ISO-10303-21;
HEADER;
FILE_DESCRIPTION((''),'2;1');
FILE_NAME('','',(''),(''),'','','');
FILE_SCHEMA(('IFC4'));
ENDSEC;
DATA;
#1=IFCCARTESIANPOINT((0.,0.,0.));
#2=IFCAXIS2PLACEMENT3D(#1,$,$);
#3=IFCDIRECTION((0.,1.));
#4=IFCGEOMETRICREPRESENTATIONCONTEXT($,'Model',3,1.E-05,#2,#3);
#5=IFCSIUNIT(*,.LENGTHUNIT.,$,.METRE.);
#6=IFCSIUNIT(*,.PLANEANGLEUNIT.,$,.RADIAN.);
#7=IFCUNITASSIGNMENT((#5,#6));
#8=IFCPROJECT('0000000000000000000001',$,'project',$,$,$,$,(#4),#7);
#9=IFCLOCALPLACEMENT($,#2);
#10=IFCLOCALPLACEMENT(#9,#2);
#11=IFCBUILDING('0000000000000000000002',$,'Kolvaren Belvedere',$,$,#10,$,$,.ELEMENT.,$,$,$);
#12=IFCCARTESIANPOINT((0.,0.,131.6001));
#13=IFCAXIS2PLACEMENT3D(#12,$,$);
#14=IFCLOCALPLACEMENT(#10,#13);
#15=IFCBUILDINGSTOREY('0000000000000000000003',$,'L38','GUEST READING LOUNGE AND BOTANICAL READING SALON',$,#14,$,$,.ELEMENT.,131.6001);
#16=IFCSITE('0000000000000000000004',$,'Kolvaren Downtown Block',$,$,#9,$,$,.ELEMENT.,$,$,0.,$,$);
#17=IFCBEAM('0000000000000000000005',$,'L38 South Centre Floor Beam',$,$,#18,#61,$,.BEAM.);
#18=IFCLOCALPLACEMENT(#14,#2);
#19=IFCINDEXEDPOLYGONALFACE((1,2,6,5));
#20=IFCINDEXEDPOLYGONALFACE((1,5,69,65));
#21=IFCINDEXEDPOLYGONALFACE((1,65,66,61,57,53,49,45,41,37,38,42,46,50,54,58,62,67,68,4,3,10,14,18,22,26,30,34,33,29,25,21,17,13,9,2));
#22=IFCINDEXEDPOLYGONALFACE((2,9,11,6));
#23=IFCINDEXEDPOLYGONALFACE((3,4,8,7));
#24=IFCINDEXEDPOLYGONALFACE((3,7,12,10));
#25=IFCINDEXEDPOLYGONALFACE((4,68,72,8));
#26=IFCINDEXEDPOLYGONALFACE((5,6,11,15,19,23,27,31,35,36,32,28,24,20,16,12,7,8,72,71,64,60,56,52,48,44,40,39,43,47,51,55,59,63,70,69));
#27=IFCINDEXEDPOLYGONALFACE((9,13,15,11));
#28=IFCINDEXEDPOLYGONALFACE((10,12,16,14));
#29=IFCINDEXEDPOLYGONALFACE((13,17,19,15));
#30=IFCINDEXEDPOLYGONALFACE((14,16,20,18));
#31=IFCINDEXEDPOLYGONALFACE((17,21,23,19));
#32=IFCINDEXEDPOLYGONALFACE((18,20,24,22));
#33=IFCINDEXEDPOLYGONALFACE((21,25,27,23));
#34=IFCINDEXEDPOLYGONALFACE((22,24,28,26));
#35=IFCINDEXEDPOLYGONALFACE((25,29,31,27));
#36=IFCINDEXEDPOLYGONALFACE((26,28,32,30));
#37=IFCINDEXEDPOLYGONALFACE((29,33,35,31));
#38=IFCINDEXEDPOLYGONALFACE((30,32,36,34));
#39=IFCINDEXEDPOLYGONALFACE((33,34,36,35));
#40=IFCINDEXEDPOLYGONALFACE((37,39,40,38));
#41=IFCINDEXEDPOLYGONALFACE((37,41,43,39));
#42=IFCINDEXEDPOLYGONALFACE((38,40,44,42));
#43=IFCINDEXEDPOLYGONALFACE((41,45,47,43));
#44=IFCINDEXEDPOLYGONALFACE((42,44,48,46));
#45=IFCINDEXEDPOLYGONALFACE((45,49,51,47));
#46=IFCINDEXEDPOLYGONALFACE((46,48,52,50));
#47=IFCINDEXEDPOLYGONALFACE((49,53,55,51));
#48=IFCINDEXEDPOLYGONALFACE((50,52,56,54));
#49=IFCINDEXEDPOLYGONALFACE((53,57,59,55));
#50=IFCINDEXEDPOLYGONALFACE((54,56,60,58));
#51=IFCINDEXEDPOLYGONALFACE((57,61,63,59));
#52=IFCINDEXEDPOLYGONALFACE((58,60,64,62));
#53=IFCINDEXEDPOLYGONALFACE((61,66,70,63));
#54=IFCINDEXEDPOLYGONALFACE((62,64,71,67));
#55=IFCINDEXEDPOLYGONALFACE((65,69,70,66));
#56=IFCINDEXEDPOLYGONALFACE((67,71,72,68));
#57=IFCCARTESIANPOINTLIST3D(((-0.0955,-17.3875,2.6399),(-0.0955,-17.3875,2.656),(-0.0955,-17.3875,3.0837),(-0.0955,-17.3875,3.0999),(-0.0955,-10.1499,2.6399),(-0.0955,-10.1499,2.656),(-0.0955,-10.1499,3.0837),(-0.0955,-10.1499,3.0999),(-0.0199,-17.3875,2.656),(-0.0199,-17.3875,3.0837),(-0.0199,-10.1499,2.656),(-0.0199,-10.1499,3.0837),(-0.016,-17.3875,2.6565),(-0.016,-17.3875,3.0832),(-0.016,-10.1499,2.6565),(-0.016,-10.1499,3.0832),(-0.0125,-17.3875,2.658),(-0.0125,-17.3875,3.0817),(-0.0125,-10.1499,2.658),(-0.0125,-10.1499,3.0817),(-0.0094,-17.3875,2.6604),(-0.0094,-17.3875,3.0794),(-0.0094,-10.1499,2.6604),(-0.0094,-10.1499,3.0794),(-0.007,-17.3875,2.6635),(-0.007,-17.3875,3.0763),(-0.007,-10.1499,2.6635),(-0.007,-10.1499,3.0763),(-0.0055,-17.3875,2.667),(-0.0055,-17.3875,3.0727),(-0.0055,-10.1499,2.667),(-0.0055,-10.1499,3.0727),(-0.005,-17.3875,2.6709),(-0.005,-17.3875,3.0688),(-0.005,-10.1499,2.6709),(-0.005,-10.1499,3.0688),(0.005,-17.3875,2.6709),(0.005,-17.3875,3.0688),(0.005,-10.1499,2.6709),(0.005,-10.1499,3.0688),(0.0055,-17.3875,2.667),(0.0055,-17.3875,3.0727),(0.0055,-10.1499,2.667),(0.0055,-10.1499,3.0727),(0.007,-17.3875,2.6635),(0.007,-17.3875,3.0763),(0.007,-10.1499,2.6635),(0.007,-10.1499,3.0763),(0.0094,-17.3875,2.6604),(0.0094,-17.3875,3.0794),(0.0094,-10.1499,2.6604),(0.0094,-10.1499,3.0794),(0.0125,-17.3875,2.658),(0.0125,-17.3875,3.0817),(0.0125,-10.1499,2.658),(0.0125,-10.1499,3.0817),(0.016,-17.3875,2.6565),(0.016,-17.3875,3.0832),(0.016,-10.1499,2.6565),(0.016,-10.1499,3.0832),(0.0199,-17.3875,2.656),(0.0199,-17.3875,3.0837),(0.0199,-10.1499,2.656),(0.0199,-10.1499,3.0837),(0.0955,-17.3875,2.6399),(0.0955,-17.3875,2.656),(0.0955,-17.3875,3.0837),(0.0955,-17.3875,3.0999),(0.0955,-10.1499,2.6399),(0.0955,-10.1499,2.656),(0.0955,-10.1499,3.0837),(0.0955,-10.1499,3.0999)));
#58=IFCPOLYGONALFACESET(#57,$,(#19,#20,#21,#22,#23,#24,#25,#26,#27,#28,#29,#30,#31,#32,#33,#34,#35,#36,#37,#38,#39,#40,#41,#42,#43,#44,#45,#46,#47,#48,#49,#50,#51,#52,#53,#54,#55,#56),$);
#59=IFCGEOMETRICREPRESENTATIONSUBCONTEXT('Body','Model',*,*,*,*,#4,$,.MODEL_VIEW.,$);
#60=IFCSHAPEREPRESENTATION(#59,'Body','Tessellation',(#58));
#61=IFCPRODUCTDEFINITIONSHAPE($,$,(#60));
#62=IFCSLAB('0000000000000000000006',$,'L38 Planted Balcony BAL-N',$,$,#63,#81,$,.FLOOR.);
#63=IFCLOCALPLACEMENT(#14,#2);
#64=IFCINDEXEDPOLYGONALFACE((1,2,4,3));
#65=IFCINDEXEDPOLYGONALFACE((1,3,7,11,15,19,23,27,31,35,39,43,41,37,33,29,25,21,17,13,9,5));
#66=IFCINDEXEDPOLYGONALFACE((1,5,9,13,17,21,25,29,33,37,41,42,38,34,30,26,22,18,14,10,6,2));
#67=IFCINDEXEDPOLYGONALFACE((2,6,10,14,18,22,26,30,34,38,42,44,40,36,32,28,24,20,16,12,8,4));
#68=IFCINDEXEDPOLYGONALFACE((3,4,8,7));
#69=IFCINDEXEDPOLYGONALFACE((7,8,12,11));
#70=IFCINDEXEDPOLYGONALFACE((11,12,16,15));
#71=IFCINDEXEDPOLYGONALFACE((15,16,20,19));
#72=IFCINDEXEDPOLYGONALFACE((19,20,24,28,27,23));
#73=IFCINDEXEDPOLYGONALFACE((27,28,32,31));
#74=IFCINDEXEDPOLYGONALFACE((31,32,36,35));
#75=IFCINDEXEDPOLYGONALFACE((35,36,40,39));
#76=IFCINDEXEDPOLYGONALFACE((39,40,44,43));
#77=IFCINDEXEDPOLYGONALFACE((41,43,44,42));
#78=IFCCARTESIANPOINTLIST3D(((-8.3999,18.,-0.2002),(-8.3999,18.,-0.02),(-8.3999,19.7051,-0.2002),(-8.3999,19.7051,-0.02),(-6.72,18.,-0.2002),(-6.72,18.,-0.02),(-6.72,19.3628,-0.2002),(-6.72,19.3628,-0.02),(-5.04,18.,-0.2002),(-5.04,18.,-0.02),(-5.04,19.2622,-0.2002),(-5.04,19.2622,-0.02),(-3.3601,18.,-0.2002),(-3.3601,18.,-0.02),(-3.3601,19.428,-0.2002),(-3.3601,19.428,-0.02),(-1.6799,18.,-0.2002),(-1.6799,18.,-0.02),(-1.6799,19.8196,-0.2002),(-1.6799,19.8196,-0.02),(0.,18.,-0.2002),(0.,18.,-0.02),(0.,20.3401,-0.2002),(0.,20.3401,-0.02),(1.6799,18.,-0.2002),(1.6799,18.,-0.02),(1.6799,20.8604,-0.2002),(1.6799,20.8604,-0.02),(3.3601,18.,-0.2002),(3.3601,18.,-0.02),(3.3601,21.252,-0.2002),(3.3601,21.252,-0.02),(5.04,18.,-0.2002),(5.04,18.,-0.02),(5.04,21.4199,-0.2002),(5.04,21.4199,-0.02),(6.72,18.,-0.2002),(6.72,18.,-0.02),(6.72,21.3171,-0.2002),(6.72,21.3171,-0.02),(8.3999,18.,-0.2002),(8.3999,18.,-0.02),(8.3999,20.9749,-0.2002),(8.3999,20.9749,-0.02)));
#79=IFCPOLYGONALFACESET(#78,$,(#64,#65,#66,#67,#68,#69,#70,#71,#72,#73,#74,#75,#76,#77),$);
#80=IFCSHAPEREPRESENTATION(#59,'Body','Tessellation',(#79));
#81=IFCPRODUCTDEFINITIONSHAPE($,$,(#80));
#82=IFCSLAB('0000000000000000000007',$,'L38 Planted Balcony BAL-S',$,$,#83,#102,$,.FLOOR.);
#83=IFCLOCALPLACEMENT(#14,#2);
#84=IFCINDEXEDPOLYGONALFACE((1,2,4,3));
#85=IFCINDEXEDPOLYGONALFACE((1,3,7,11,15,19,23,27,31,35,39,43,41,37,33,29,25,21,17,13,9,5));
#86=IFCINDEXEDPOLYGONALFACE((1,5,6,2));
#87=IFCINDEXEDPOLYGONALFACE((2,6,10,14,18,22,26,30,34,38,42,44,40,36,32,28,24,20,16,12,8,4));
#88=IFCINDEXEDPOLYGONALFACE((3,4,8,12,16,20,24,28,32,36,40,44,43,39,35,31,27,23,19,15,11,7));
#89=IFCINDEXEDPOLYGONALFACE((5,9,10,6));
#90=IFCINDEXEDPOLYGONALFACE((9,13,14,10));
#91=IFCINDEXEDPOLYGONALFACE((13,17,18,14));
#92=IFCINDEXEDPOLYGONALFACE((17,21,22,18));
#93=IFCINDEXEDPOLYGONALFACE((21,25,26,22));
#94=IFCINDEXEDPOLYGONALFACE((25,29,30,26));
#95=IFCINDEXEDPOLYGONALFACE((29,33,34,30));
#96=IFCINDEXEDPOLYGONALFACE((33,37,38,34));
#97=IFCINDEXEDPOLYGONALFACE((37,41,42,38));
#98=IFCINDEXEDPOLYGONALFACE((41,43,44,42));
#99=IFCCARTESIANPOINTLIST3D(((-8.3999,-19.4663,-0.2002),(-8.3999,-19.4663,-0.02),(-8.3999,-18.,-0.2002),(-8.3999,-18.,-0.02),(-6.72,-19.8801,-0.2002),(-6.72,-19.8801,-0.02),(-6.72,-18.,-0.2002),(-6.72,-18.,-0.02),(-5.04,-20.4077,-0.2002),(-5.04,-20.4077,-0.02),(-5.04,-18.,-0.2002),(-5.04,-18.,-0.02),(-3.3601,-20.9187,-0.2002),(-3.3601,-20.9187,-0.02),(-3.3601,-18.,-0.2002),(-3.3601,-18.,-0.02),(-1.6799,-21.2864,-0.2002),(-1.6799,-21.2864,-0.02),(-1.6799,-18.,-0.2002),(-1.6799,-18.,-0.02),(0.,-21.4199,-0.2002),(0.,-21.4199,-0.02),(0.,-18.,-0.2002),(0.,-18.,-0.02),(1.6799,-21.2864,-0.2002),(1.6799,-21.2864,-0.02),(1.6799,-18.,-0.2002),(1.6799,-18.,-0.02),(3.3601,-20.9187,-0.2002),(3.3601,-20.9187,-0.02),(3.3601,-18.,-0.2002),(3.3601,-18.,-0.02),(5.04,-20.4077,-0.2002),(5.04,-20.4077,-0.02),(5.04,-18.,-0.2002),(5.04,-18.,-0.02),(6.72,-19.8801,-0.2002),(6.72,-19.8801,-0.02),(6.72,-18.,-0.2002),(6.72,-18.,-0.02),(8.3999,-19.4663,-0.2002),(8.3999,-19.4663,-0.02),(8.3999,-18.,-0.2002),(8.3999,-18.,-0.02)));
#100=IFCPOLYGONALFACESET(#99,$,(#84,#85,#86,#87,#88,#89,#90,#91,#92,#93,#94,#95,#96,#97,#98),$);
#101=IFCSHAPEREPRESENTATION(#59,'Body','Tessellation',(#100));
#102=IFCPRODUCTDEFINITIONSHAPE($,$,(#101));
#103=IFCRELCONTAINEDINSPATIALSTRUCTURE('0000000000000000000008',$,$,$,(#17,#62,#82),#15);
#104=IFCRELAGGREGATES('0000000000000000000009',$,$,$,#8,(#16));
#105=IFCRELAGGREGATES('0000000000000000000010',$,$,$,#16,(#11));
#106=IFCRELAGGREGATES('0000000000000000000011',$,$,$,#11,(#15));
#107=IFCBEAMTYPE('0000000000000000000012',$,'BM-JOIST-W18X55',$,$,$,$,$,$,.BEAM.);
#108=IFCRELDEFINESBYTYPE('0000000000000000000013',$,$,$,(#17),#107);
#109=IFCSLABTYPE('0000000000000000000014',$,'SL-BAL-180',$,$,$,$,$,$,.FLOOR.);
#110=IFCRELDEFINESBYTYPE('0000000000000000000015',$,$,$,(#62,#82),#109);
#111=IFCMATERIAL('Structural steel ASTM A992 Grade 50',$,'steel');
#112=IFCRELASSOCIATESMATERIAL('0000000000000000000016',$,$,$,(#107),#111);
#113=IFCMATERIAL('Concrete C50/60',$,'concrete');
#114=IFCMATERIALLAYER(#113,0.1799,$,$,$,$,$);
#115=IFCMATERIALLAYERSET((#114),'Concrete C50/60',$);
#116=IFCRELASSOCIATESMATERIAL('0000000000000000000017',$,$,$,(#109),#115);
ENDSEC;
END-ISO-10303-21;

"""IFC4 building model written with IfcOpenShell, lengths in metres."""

from ifc_helpers import new_model, si_unit, direction, frame, origin, origin_2d, place, context, subcontext, project, spatial, polyline, i_section, outline, extrude, material, layer, layer_set, material_profile, profile_set, type_object, element, save


model = new_model("IFC4")

# Units and contexts
model_context = context("Model", 3, precision=1e-05, world=origin(), true_north=direction((0.0, 1.0)))
body_context = subcontext(model_context, "Body", "Model", "MODEL_VIEW")
ifc_project = project(units=[si_unit("LENGTHUNIT", "METRE"), si_unit("PLANEANGLEUNIT", "RADIAN")], contexts=[model_context])

# Site, building, storey
site_placement = place(None, origin())
site = spatial("IfcSite", under=ifc_project, at=site_placement, Name="Kolvaren Downtown Block", CompositionType="ELEMENT", RefElevation=0.0)
building_placement = place(site_placement, origin())
building = spatial("IfcBuilding", under=site, at=building_placement, Name="Kolvaren Belvedere", CompositionType="ELEMENT")
storey_placement = place(building_placement, frame((0.0, 0.0, 131.6001)))
storey = spatial("IfcBuildingStorey", under=building, at=storey_placement, Name="L38", Description="GUEST READING LOUNGE AND BOTANICAL READING SALON", CompositionType="ELEMENT", Elevation=131.6001)

# Beam
ifc_material_1 = material(Name="Structural steel ASTM A992 Grade 50", Category="steel")
ifc_material_profile_1 = material_profile(ifc_material_1, i_section(OverallWidth=0.1909, OverallDepth=0.46, WebThickness=0.01, FlangeThickness=0.0161, FilletRadius=0.0149, at=origin_2d()), Name="W18X55")
ifc_profile_set_1 = profile_set([ifc_material_profile_1], Name="Structural steel ASTM A992 Grade 50")
beam_type_1 = type_object("IfcBeamType", Name="BM-JOIST-W18X55", PredefinedType="BEAM", material=ifc_profile_set_1)
beam_1_placement = place(storey_placement, frame((0.0, -10.1499, 2.8699), z_axis=(0.0, -1.0, 0.0), x_axis=(1.0, 0.0, 0.0)))
element("IfcBeam", 1, at=beam_1_placement, inside=storey, type_object=beam_type_1, Name="L38 South Centre Floor Beam", PredefinedType="BEAM", context=body_context, shape_type="SweptSolid", body=[
    extrude(i_section(OverallWidth=0.1909, OverallDepth=0.46, WebThickness=0.01, FlangeThickness=0.0161, FilletRadius=0.0149, at=origin_2d()), origin(), (0.0, 0.0, 1.0), 7.2375),
])

# Slabs
ifc_material_2 = material(Name="Concrete C50/60", Category="concrete")
ifc_layer_1 = layer(ifc_material_2, 0.1799)
ifc_layer_set_1 = layer_set([ifc_layer_1], Name="Concrete C50/60")
slab_type_1 = type_object("IfcSlabType", Name="SL-BAL-180", PredefinedType="FLOOR", material=ifc_layer_set_1)
slab_1_placement = place(storey_placement, frame((0.0, 0.0, -0.2002)))
element("IfcSlab", 2, at=slab_1_placement, inside=storey, type_object=slab_type_1, Name="L38 Planted Balcony BAL-N", PredefinedType="FLOOR", context=body_context, shape_type="SweptSolid", body=[
    extrude(outline(polyline([(-8.3999, 18.0), (-6.72, 18.0), (-5.04, 18.0), (-3.3601, 18.0), (-1.6799, 18.0), (0.0, 18.0), (1.6799, 18.0), (3.3601, 18.0), (5.04, 18.0), (6.72, 18.0), (8.3999, 18.0), (8.3999, 20.9749), (6.72, 21.3171), (5.04, 21.4199), (3.3601, 21.252), (1.6799, 20.8604), (0.0, 20.3401), (-1.6799, 19.8196), (-3.3601, 19.428), (-5.04, 19.2622), (-6.72, 19.3628), (-8.3999, 19.7051), (-8.3999, 18.0)])), origin(), (0.0, 0.0, 1.0), 0.1802),
])
slab_2_placement = place(storey_placement, frame((0.0, 0.0, -0.2002)))
element("IfcSlab", 3, at=slab_2_placement, inside=storey, type_object=slab_type_1, Name="L38 Planted Balcony BAL-S", PredefinedType="FLOOR", context=body_context, shape_type="SweptSolid", body=[
    extrude(outline(polyline([(-8.3999, -19.4663), (-6.72, -19.8801), (-5.04, -20.4077), (-3.3601, -20.9187), (-1.6799, -21.2864), (0.0, -21.4199), (1.6799, -21.2864), (3.3601, -20.9187), (5.04, -20.4077), (6.72, -19.8801), (8.3999, -19.4663), (8.3999, -18.0), (6.72, -18.0), (5.04, -18.0), (3.3601, -18.0), (1.6799, -18.0), (0.0, -18.0), (-1.6799, -18.0), (-3.3601, -18.0), (-5.04, -18.0), (-6.72, -18.0), (-8.3999, -18.0), (-8.3999, -19.4663)])), origin(), (0.0, 0.0, 1.0), 0.1802),
])

save(model, "model.ifc")
